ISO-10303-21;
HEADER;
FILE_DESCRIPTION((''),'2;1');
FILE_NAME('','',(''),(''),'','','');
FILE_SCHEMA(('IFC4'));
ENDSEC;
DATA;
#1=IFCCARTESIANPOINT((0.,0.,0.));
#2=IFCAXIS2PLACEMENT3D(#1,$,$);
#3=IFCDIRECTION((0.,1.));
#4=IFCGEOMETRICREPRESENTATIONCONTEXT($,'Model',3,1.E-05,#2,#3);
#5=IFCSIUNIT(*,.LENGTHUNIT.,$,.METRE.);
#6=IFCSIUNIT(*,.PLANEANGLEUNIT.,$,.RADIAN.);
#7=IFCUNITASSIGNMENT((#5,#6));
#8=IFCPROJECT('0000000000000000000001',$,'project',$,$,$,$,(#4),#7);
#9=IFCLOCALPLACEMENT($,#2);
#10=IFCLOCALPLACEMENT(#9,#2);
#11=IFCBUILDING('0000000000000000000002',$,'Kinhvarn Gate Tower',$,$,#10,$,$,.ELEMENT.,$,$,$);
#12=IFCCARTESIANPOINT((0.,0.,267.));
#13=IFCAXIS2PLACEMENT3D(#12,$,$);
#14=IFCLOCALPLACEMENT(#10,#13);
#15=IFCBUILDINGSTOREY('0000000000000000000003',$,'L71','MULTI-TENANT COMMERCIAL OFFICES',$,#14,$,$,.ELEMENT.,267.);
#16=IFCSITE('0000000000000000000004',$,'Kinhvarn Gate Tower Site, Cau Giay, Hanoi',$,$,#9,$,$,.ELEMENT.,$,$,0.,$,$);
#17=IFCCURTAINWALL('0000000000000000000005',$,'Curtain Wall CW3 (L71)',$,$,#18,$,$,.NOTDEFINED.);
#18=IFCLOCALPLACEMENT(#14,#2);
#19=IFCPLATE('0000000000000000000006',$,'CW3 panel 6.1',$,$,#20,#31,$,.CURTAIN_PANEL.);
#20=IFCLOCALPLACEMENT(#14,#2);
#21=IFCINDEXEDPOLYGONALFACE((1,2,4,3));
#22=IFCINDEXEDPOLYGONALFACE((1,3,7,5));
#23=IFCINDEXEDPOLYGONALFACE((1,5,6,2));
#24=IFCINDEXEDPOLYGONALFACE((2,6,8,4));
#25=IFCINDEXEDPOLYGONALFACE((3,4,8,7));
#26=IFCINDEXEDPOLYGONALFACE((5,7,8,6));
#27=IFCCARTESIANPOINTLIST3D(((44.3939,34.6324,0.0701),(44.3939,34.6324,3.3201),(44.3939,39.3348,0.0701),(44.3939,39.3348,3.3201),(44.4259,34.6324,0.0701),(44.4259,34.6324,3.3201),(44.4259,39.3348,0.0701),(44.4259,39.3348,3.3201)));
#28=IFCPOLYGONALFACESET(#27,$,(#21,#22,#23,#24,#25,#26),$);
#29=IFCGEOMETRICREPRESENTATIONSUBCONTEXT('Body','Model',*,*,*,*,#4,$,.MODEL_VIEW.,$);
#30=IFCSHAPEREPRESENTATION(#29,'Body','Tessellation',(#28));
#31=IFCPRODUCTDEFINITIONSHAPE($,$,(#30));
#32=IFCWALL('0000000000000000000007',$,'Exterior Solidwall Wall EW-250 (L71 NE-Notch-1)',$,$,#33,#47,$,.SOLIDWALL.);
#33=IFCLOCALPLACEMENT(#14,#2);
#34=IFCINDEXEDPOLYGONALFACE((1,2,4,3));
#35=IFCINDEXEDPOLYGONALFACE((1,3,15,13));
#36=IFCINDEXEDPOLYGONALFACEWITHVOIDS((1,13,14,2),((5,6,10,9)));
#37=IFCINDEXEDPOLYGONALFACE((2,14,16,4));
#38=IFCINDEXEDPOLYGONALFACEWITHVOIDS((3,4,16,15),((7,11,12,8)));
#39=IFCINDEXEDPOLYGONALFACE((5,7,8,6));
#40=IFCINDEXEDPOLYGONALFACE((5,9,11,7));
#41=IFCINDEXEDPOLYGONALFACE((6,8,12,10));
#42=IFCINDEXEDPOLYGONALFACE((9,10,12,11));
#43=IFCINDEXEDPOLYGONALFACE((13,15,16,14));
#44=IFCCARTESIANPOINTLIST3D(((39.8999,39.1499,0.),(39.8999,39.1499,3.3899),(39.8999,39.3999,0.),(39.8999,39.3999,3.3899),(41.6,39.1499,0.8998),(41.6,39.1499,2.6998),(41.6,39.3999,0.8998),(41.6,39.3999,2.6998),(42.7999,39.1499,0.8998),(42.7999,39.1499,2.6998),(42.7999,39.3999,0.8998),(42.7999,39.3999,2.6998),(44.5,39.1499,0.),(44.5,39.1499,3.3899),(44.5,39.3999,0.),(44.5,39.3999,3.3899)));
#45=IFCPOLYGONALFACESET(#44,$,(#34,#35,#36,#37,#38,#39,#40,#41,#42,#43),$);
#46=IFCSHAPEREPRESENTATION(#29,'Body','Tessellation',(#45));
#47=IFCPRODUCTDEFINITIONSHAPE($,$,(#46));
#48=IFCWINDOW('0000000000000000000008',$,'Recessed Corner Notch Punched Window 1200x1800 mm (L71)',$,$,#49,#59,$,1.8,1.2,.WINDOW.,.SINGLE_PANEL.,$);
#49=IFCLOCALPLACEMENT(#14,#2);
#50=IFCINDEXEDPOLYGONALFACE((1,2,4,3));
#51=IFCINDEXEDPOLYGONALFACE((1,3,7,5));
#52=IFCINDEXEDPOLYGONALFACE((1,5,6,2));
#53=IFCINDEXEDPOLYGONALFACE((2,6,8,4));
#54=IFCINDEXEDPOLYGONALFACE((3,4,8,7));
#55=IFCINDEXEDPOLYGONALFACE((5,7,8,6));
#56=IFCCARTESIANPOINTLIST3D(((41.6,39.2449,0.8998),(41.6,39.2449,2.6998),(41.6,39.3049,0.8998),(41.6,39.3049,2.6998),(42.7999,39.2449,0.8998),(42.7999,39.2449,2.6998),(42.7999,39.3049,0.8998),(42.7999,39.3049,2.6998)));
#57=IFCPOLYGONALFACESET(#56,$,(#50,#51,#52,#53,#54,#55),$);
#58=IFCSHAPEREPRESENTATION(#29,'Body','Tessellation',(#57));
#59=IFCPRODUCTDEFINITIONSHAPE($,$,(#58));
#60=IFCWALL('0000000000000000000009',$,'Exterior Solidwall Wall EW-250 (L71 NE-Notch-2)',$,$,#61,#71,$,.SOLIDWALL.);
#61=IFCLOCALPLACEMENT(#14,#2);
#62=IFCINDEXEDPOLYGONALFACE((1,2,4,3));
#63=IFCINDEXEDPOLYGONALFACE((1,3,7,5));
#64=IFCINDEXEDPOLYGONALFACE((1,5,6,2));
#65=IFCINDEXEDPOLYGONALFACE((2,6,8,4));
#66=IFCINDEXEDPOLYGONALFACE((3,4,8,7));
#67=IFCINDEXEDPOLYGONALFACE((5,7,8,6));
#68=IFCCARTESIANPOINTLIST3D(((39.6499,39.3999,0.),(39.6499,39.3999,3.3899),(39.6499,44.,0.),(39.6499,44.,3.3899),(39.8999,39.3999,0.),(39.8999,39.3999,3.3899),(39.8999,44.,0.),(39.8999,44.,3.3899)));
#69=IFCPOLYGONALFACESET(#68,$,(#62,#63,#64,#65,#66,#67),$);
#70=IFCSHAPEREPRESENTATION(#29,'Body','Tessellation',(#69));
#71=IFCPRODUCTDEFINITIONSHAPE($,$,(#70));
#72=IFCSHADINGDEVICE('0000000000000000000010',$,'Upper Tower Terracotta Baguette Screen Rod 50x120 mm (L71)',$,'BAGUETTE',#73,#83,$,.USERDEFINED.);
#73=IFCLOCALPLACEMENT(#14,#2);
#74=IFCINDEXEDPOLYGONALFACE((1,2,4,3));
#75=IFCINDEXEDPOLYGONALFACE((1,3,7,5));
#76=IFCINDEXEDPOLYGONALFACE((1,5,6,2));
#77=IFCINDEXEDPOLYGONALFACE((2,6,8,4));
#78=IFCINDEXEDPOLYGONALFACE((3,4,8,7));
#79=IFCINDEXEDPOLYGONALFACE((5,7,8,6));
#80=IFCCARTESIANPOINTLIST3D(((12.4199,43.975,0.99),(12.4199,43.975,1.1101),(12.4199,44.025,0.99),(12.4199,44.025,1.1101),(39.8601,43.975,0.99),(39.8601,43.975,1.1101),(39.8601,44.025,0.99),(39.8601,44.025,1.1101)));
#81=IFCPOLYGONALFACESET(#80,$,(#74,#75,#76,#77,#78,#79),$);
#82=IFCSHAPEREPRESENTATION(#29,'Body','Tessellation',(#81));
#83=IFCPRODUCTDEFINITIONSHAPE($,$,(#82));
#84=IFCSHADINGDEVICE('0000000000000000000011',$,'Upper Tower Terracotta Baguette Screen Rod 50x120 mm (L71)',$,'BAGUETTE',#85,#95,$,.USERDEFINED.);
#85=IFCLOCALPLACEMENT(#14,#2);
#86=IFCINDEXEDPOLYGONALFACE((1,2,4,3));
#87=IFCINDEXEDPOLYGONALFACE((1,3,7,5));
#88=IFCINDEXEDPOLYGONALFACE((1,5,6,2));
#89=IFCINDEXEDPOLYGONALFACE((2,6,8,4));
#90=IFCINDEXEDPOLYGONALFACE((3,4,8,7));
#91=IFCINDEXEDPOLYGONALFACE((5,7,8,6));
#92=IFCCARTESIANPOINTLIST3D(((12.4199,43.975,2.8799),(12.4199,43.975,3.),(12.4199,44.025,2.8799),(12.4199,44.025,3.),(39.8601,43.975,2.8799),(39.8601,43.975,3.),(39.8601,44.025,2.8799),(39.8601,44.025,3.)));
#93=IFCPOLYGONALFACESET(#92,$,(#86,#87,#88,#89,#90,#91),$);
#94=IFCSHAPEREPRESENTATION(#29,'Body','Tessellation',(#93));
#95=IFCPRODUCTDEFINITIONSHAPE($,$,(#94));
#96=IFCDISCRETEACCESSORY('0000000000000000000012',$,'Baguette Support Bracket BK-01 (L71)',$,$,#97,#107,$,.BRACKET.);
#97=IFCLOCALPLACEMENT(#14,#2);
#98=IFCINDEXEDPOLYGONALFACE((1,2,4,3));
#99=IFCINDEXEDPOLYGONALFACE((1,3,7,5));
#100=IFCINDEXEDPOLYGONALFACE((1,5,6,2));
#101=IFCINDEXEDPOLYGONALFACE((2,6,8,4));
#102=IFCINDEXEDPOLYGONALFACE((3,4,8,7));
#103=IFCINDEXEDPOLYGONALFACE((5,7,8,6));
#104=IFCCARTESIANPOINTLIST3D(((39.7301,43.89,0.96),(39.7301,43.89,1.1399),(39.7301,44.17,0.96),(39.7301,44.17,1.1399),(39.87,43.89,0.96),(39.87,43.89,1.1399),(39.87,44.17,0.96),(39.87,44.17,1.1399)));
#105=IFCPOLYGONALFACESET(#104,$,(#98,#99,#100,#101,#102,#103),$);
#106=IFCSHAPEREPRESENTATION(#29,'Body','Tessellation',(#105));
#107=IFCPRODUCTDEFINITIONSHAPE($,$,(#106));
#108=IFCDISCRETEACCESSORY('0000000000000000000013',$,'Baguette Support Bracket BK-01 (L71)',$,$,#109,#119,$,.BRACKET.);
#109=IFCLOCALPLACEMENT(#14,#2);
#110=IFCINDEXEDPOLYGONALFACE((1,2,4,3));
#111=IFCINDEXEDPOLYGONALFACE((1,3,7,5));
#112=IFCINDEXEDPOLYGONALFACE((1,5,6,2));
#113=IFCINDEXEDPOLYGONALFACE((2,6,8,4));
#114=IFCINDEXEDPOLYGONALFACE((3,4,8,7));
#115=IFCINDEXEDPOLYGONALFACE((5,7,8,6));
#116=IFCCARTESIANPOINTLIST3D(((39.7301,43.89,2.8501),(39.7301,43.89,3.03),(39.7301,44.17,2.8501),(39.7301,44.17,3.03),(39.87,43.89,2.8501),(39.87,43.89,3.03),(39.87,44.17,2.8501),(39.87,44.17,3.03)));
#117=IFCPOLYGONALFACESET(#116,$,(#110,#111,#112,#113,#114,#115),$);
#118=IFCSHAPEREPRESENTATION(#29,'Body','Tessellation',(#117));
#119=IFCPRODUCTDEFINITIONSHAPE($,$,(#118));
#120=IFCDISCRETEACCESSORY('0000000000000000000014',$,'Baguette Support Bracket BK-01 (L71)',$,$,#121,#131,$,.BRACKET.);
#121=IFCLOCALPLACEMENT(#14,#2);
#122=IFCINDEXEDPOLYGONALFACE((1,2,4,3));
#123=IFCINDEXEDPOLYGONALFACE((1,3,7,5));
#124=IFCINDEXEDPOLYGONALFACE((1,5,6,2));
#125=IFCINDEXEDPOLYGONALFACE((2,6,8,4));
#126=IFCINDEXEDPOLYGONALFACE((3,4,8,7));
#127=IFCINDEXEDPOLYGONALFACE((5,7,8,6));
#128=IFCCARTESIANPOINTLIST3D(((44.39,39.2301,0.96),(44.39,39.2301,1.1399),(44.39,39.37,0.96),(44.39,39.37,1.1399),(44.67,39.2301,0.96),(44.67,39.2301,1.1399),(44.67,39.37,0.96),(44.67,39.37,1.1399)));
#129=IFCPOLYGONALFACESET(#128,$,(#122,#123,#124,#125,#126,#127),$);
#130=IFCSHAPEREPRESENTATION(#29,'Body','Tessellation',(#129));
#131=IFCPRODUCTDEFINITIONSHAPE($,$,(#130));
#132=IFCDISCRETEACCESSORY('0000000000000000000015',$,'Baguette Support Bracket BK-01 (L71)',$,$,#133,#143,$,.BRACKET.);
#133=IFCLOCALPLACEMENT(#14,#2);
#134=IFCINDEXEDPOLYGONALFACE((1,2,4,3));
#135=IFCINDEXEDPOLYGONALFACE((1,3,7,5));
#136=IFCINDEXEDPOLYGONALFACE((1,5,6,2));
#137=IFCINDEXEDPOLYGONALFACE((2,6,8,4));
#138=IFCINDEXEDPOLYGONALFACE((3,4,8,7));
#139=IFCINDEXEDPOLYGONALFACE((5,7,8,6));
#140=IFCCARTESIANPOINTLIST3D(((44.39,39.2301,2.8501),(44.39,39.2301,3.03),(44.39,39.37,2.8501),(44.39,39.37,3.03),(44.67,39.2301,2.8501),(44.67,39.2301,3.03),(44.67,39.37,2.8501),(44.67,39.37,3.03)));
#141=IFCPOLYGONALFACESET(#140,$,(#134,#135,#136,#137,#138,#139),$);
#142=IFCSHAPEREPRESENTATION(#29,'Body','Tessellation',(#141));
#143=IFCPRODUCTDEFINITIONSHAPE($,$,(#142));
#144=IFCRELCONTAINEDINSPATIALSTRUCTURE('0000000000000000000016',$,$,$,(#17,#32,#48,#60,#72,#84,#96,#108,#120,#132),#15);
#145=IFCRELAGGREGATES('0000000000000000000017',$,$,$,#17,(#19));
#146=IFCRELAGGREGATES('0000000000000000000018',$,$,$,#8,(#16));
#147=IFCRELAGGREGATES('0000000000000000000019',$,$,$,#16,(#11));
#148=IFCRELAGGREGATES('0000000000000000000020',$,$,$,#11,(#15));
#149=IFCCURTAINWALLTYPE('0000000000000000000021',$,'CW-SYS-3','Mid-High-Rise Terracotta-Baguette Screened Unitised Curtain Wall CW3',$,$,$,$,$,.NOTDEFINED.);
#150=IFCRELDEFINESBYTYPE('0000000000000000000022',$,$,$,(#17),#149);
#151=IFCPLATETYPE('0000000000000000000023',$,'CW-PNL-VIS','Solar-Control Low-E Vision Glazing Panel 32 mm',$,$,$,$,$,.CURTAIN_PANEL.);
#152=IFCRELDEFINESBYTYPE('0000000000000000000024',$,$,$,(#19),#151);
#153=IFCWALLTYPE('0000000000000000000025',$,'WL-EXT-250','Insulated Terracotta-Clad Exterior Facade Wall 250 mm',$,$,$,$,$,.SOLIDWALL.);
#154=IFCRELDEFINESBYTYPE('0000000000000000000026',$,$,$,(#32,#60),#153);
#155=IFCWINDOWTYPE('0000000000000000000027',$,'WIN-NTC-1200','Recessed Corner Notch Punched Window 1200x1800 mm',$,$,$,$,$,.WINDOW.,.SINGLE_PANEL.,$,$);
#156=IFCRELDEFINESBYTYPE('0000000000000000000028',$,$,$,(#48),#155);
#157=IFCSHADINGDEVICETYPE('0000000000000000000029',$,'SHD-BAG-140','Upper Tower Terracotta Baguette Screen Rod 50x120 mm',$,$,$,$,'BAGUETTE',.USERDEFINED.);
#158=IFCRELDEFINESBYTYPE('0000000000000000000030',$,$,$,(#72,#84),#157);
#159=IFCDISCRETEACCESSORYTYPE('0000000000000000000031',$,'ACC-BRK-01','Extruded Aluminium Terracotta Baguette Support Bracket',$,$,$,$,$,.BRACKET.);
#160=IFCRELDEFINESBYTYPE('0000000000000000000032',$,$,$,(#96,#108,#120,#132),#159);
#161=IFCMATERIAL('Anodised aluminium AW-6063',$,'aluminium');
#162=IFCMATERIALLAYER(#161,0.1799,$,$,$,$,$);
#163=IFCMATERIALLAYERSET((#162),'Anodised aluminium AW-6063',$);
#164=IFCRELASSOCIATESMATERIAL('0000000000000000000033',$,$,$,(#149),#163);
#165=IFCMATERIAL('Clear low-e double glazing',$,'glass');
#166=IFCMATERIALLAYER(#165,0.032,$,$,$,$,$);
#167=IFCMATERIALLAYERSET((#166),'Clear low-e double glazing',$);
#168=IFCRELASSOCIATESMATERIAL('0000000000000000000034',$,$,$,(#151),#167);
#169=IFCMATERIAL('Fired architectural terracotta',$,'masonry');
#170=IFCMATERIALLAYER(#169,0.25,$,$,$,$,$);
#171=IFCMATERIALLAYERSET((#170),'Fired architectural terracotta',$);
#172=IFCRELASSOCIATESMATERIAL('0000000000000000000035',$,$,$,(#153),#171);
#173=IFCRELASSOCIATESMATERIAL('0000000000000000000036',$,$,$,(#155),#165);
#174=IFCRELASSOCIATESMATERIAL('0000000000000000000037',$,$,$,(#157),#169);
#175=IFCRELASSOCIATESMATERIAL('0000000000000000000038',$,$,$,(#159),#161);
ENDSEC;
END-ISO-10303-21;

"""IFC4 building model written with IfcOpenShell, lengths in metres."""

from ifc_helpers import new_model, si_unit, direction, frame, frame_2d, origin, origin_2d, place, context, subcontext, project, spatial, rectangle, extrude, material, layer, layer_set, material_profile, profile_set, type_object, element, fill, aggregate, save


model = new_model("IFC4")

# Units and contexts
model_context = context("Model", 3, precision=1e-05, world=origin(), true_north=direction((0.0, 1.0)))
body_context = subcontext(model_context, "Body", "Model", "MODEL_VIEW")
ifc_project = project(units=[si_unit("LENGTHUNIT", "METRE"), si_unit("PLANEANGLEUNIT", "RADIAN")], contexts=[model_context])

# Site, building, storey
site_placement = place(None, origin())
site = spatial("IfcSite", under=ifc_project, at=site_placement, Name="Kinhvarn Gate Tower Site, Cau Giay, Hanoi", CompositionType="ELEMENT", RefElevation=0.0)
building_placement = place(site_placement, origin())
building = spatial("IfcBuilding", under=site, at=building_placement, Name="Kinhvarn Gate Tower", CompositionType="ELEMENT")
storey_placement = place(building_placement, frame((0.0, 0.0, 267.0)))
storey = spatial("IfcBuildingStorey", under=building, at=storey_placement, Name="L71", Description="MULTI-TENANT COMMERCIAL OFFICES", CompositionType="ELEMENT", Elevation=267.0)

# Curtain wall
ifc_material_1 = material(Name="Anodised aluminium AW-6063", Category="aluminium")
ifc_layer_1 = layer(ifc_material_1, 0.1799)
ifc_layer_set_1 = layer_set([ifc_layer_1], Name="Anodised aluminium AW-6063")
curtain_wall_type = type_object("IfcCurtainWallType", Name="CW-SYS-3", Description="Mid-High-Rise Terracotta-Baguette Screened Unitised Curtain Wall CW3", PredefinedType="NOTDEFINED", material=ifc_layer_set_1)
curtain_wall_1_placement = place(storey_placement, origin())
curtain_wall_1 = element("IfcCurtainWall", 1, at=curtain_wall_1_placement, inside=storey, type_object=curtain_wall_type, Name="Curtain Wall CW3 (L71)", PredefinedType="NOTDEFINED")

# Plate
ifc_material_2 = material(Name="Clear low-e double glazing", Category="glass")
ifc_layer_2 = layer(ifc_material_2, 0.032)
ifc_layer_set_2 = layer_set([ifc_layer_2], Name="Clear low-e double glazing")
plate_type = type_object("IfcPlateType", Name="CW-PNL-VIS", Description="Solar-Control Low-E Vision Glazing Panel 32 mm", PredefinedType="CURTAIN_PANEL", material=ifc_layer_set_2)
plate_1_placement = place(storey_placement, frame((44.4099, 36.9836, 0.0701), z_axis=(0.0, 0.0, 1.0), x_axis=(0.0, 1.0, 0.0)))
plate_1 = element("IfcPlate", 2, at=plate_1_placement, type_object=plate_type, Name="CW3 panel 6.1", PredefinedType="CURTAIN_PANEL", context=body_context, shape_type="SweptSolid", body=[
    extrude(rectangle(XDim=4.7024, YDim=0.032, at=origin_2d()), origin(), (0.0, 0.0, 1.0), 3.25),
])
aggregate(curtain_wall_1, [plate_1])

# Wall, opening, window
ifc_material_3 = material(Name="Fired architectural terracotta", Category="masonry")
ifc_layer_3 = layer(ifc_material_3, 0.25)
ifc_layer_set_3 = layer_set([ifc_layer_3], Name="Fired architectural terracotta")
wall_type = type_object("IfcWallType", Name="WL-EXT-250", Description="Insulated Terracotta-Clad Exterior Facade Wall 250 mm", PredefinedType="SOLIDWALL", material=ifc_layer_set_3)
wall_1_placement = place(storey_placement, frame((44.5, 39.2749, 0.0), z_axis=(0.0, 0.0, 1.0), x_axis=(-1.0, 0.0, 0.0)))
wall_1 = element("IfcWall", 3, at=wall_1_placement, inside=storey, type_object=wall_type, Name="Exterior Solidwall Wall EW-250 (L71 NE-Notch-1)", PredefinedType="SOLIDWALL", context=body_context, shape_type="SweptSolid", body=[
    extrude(rectangle(XDim=4.6001, YDim=0.25, at=frame_2d((2.3, 0.0))), origin(), (0.0, 0.0, 1.0), 3.3899),
])
opening_placement = place(wall_1_placement, frame((1.7, 0.0, 0.8999)))
opening = element("IfcOpeningElement", 4, at=opening_placement, cuts=wall_1, PredefinedType="OPENING", context=body_context, shape_type="SweptSolid", body=[
    extrude(rectangle(XDim=1.2, YDim=1.8, at=frame_2d((0.6001, 0.8999))), frame((0.0, 0.135, 0.0), z_axis=(0.0, -1.0, 0.0), x_axis=(1.0, 0.0, 0.0)), (0.0, 0.0, 1.0), 0.27),
])
window_type = type_object("IfcWindowType", Name="WIN-NTC-1200", Description="Recessed Corner Notch Punched Window 1200x1800 mm", PartitioningType="SINGLE_PANEL", PredefinedType="WINDOW", material=ifc_material_2)
window_placement = place(opening_placement, origin())
window = element("IfcWindow", 5, at=window_placement, inside=storey, type_object=window_type, Name="Recessed Corner Notch Punched Window 1200x1800 mm (L71)", OverallHeight=1.8, OverallWidth=1.2, PartitioningType="SINGLE_PANEL", PredefinedType="WINDOW", context=body_context, shape_type="SweptSolid", body=[
    extrude(rectangle(XDim=1.2, YDim=1.8, at=frame_2d((0.6001, 0.8999))), frame((0.0, 0.03, 0.0), z_axis=(0.0, -1.0, 0.0), x_axis=(1.0, 0.0, 0.0)), (0.0, 0.0, 1.0), 0.0601),
])
fill(opening, window)

# Wall
wall_2_placement = place(storey_placement, frame((39.7749, 39.3999, 0.0), z_axis=(0.0, 0.0, 1.0), x_axis=(0.0, 1.0, 0.0)))
element("IfcWall", 6, at=wall_2_placement, inside=storey, type_object=wall_type, Name="Exterior Solidwall Wall EW-250 (L71 NE-Notch-2)", PredefinedType="SOLIDWALL", context=body_context, shape_type="SweptSolid", body=[
    extrude(rectangle(XDim=4.6001, YDim=0.25, at=frame_2d((2.3, 0.0))), origin(), (0.0, 0.0, 1.0), 3.3899),
])

# Shading devices
ifc_material_profile_1 = material_profile(ifc_material_3, rectangle(XDim=0.05, YDim=0.1201, at=origin_2d()), Name="TC 50x120")
ifc_profile_set_1 = profile_set([ifc_material_profile_1], Name="Fired architectural terracotta")
shading_device_type = type_object("IfcShadingDeviceType", Name="SHD-BAG-140", Description="Upper Tower Terracotta Baguette Screen Rod 50x120 mm", ElementType="BAGUETTE", PredefinedType="USERDEFINED", material=ifc_profile_set_1)
for number, where, z_axis, x_axis, name in (
    (7, (39.8601, 44.0, 1.05), (-1.0, 0.0, 0.0), (0.0, -1.0, 0.0), "Upper Tower Terracotta Baguette Screen Rod 50x120 mm (L71)"),
    (8, (39.8601, 44.0, 2.9399), (-1.0, 0.0, 0.0), (0.0, -1.0, 0.0), "Upper Tower Terracotta Baguette Screen Rod 50x120 mm (L71)"),
):
    element("IfcShadingDevice", number, at=place(storey_placement, frame(where, z_axis=z_axis, x_axis=x_axis)), inside=storey, type_object=shading_device_type, Name=name, ObjectType="BAGUETTE", PredefinedType="USERDEFINED", context=body_context, shape_type="SweptSolid", body=[
        extrude(rectangle(XDim=0.05, YDim=0.1201, at=origin_2d()), origin(), (0.0, 0.0, 1.0), 27.4402),
    ])

# Discrete accessories
discrete_accessory_type = type_object("IfcDiscreteAccessoryType", Name="ACC-BRK-01", Description="Extruded Aluminium Terracotta Baguette Support Bracket", PredefinedType="BRACKET", material=ifc_material_1)
for number, where, z_axis, x_axis, name in (
    (9, (39.8, 44.03, 0.96), (0.0, 0.0, 1.0), (-1.0, 0.0, 0.0), "Baguette Support Bracket BK-01 (L71)"),
    (10, (39.8, 44.03, 2.8501), (0.0, 0.0, 1.0), (-1.0, 0.0, 0.0), "Baguette Support Bracket BK-01 (L71)"),
    (11, (44.53, 39.3, 0.96), (0.0, 0.0, 1.0), (0.0, 1.0, 0.0), "Baguette Support Bracket BK-01 (L71)"),
    (12, (44.53, 39.3, 2.8501), (0.0, 0.0, 1.0), (0.0, 1.0, 0.0), "Baguette Support Bracket BK-01 (L71)"),
):
    element("IfcDiscreteAccessory", number, at=place(storey_placement, frame(where, z_axis=z_axis, x_axis=x_axis)), inside=storey, type_object=discrete_accessory_type, Name=name, PredefinedType="BRACKET", context=body_context, shape_type="SweptSolid", body=[
        extrude(rectangle(XDim=0.1399, YDim=0.28, at=origin_2d()), origin(), (0.0, 0.0, 1.0), 0.1799),
    ])

save(model, "model.ifc")
